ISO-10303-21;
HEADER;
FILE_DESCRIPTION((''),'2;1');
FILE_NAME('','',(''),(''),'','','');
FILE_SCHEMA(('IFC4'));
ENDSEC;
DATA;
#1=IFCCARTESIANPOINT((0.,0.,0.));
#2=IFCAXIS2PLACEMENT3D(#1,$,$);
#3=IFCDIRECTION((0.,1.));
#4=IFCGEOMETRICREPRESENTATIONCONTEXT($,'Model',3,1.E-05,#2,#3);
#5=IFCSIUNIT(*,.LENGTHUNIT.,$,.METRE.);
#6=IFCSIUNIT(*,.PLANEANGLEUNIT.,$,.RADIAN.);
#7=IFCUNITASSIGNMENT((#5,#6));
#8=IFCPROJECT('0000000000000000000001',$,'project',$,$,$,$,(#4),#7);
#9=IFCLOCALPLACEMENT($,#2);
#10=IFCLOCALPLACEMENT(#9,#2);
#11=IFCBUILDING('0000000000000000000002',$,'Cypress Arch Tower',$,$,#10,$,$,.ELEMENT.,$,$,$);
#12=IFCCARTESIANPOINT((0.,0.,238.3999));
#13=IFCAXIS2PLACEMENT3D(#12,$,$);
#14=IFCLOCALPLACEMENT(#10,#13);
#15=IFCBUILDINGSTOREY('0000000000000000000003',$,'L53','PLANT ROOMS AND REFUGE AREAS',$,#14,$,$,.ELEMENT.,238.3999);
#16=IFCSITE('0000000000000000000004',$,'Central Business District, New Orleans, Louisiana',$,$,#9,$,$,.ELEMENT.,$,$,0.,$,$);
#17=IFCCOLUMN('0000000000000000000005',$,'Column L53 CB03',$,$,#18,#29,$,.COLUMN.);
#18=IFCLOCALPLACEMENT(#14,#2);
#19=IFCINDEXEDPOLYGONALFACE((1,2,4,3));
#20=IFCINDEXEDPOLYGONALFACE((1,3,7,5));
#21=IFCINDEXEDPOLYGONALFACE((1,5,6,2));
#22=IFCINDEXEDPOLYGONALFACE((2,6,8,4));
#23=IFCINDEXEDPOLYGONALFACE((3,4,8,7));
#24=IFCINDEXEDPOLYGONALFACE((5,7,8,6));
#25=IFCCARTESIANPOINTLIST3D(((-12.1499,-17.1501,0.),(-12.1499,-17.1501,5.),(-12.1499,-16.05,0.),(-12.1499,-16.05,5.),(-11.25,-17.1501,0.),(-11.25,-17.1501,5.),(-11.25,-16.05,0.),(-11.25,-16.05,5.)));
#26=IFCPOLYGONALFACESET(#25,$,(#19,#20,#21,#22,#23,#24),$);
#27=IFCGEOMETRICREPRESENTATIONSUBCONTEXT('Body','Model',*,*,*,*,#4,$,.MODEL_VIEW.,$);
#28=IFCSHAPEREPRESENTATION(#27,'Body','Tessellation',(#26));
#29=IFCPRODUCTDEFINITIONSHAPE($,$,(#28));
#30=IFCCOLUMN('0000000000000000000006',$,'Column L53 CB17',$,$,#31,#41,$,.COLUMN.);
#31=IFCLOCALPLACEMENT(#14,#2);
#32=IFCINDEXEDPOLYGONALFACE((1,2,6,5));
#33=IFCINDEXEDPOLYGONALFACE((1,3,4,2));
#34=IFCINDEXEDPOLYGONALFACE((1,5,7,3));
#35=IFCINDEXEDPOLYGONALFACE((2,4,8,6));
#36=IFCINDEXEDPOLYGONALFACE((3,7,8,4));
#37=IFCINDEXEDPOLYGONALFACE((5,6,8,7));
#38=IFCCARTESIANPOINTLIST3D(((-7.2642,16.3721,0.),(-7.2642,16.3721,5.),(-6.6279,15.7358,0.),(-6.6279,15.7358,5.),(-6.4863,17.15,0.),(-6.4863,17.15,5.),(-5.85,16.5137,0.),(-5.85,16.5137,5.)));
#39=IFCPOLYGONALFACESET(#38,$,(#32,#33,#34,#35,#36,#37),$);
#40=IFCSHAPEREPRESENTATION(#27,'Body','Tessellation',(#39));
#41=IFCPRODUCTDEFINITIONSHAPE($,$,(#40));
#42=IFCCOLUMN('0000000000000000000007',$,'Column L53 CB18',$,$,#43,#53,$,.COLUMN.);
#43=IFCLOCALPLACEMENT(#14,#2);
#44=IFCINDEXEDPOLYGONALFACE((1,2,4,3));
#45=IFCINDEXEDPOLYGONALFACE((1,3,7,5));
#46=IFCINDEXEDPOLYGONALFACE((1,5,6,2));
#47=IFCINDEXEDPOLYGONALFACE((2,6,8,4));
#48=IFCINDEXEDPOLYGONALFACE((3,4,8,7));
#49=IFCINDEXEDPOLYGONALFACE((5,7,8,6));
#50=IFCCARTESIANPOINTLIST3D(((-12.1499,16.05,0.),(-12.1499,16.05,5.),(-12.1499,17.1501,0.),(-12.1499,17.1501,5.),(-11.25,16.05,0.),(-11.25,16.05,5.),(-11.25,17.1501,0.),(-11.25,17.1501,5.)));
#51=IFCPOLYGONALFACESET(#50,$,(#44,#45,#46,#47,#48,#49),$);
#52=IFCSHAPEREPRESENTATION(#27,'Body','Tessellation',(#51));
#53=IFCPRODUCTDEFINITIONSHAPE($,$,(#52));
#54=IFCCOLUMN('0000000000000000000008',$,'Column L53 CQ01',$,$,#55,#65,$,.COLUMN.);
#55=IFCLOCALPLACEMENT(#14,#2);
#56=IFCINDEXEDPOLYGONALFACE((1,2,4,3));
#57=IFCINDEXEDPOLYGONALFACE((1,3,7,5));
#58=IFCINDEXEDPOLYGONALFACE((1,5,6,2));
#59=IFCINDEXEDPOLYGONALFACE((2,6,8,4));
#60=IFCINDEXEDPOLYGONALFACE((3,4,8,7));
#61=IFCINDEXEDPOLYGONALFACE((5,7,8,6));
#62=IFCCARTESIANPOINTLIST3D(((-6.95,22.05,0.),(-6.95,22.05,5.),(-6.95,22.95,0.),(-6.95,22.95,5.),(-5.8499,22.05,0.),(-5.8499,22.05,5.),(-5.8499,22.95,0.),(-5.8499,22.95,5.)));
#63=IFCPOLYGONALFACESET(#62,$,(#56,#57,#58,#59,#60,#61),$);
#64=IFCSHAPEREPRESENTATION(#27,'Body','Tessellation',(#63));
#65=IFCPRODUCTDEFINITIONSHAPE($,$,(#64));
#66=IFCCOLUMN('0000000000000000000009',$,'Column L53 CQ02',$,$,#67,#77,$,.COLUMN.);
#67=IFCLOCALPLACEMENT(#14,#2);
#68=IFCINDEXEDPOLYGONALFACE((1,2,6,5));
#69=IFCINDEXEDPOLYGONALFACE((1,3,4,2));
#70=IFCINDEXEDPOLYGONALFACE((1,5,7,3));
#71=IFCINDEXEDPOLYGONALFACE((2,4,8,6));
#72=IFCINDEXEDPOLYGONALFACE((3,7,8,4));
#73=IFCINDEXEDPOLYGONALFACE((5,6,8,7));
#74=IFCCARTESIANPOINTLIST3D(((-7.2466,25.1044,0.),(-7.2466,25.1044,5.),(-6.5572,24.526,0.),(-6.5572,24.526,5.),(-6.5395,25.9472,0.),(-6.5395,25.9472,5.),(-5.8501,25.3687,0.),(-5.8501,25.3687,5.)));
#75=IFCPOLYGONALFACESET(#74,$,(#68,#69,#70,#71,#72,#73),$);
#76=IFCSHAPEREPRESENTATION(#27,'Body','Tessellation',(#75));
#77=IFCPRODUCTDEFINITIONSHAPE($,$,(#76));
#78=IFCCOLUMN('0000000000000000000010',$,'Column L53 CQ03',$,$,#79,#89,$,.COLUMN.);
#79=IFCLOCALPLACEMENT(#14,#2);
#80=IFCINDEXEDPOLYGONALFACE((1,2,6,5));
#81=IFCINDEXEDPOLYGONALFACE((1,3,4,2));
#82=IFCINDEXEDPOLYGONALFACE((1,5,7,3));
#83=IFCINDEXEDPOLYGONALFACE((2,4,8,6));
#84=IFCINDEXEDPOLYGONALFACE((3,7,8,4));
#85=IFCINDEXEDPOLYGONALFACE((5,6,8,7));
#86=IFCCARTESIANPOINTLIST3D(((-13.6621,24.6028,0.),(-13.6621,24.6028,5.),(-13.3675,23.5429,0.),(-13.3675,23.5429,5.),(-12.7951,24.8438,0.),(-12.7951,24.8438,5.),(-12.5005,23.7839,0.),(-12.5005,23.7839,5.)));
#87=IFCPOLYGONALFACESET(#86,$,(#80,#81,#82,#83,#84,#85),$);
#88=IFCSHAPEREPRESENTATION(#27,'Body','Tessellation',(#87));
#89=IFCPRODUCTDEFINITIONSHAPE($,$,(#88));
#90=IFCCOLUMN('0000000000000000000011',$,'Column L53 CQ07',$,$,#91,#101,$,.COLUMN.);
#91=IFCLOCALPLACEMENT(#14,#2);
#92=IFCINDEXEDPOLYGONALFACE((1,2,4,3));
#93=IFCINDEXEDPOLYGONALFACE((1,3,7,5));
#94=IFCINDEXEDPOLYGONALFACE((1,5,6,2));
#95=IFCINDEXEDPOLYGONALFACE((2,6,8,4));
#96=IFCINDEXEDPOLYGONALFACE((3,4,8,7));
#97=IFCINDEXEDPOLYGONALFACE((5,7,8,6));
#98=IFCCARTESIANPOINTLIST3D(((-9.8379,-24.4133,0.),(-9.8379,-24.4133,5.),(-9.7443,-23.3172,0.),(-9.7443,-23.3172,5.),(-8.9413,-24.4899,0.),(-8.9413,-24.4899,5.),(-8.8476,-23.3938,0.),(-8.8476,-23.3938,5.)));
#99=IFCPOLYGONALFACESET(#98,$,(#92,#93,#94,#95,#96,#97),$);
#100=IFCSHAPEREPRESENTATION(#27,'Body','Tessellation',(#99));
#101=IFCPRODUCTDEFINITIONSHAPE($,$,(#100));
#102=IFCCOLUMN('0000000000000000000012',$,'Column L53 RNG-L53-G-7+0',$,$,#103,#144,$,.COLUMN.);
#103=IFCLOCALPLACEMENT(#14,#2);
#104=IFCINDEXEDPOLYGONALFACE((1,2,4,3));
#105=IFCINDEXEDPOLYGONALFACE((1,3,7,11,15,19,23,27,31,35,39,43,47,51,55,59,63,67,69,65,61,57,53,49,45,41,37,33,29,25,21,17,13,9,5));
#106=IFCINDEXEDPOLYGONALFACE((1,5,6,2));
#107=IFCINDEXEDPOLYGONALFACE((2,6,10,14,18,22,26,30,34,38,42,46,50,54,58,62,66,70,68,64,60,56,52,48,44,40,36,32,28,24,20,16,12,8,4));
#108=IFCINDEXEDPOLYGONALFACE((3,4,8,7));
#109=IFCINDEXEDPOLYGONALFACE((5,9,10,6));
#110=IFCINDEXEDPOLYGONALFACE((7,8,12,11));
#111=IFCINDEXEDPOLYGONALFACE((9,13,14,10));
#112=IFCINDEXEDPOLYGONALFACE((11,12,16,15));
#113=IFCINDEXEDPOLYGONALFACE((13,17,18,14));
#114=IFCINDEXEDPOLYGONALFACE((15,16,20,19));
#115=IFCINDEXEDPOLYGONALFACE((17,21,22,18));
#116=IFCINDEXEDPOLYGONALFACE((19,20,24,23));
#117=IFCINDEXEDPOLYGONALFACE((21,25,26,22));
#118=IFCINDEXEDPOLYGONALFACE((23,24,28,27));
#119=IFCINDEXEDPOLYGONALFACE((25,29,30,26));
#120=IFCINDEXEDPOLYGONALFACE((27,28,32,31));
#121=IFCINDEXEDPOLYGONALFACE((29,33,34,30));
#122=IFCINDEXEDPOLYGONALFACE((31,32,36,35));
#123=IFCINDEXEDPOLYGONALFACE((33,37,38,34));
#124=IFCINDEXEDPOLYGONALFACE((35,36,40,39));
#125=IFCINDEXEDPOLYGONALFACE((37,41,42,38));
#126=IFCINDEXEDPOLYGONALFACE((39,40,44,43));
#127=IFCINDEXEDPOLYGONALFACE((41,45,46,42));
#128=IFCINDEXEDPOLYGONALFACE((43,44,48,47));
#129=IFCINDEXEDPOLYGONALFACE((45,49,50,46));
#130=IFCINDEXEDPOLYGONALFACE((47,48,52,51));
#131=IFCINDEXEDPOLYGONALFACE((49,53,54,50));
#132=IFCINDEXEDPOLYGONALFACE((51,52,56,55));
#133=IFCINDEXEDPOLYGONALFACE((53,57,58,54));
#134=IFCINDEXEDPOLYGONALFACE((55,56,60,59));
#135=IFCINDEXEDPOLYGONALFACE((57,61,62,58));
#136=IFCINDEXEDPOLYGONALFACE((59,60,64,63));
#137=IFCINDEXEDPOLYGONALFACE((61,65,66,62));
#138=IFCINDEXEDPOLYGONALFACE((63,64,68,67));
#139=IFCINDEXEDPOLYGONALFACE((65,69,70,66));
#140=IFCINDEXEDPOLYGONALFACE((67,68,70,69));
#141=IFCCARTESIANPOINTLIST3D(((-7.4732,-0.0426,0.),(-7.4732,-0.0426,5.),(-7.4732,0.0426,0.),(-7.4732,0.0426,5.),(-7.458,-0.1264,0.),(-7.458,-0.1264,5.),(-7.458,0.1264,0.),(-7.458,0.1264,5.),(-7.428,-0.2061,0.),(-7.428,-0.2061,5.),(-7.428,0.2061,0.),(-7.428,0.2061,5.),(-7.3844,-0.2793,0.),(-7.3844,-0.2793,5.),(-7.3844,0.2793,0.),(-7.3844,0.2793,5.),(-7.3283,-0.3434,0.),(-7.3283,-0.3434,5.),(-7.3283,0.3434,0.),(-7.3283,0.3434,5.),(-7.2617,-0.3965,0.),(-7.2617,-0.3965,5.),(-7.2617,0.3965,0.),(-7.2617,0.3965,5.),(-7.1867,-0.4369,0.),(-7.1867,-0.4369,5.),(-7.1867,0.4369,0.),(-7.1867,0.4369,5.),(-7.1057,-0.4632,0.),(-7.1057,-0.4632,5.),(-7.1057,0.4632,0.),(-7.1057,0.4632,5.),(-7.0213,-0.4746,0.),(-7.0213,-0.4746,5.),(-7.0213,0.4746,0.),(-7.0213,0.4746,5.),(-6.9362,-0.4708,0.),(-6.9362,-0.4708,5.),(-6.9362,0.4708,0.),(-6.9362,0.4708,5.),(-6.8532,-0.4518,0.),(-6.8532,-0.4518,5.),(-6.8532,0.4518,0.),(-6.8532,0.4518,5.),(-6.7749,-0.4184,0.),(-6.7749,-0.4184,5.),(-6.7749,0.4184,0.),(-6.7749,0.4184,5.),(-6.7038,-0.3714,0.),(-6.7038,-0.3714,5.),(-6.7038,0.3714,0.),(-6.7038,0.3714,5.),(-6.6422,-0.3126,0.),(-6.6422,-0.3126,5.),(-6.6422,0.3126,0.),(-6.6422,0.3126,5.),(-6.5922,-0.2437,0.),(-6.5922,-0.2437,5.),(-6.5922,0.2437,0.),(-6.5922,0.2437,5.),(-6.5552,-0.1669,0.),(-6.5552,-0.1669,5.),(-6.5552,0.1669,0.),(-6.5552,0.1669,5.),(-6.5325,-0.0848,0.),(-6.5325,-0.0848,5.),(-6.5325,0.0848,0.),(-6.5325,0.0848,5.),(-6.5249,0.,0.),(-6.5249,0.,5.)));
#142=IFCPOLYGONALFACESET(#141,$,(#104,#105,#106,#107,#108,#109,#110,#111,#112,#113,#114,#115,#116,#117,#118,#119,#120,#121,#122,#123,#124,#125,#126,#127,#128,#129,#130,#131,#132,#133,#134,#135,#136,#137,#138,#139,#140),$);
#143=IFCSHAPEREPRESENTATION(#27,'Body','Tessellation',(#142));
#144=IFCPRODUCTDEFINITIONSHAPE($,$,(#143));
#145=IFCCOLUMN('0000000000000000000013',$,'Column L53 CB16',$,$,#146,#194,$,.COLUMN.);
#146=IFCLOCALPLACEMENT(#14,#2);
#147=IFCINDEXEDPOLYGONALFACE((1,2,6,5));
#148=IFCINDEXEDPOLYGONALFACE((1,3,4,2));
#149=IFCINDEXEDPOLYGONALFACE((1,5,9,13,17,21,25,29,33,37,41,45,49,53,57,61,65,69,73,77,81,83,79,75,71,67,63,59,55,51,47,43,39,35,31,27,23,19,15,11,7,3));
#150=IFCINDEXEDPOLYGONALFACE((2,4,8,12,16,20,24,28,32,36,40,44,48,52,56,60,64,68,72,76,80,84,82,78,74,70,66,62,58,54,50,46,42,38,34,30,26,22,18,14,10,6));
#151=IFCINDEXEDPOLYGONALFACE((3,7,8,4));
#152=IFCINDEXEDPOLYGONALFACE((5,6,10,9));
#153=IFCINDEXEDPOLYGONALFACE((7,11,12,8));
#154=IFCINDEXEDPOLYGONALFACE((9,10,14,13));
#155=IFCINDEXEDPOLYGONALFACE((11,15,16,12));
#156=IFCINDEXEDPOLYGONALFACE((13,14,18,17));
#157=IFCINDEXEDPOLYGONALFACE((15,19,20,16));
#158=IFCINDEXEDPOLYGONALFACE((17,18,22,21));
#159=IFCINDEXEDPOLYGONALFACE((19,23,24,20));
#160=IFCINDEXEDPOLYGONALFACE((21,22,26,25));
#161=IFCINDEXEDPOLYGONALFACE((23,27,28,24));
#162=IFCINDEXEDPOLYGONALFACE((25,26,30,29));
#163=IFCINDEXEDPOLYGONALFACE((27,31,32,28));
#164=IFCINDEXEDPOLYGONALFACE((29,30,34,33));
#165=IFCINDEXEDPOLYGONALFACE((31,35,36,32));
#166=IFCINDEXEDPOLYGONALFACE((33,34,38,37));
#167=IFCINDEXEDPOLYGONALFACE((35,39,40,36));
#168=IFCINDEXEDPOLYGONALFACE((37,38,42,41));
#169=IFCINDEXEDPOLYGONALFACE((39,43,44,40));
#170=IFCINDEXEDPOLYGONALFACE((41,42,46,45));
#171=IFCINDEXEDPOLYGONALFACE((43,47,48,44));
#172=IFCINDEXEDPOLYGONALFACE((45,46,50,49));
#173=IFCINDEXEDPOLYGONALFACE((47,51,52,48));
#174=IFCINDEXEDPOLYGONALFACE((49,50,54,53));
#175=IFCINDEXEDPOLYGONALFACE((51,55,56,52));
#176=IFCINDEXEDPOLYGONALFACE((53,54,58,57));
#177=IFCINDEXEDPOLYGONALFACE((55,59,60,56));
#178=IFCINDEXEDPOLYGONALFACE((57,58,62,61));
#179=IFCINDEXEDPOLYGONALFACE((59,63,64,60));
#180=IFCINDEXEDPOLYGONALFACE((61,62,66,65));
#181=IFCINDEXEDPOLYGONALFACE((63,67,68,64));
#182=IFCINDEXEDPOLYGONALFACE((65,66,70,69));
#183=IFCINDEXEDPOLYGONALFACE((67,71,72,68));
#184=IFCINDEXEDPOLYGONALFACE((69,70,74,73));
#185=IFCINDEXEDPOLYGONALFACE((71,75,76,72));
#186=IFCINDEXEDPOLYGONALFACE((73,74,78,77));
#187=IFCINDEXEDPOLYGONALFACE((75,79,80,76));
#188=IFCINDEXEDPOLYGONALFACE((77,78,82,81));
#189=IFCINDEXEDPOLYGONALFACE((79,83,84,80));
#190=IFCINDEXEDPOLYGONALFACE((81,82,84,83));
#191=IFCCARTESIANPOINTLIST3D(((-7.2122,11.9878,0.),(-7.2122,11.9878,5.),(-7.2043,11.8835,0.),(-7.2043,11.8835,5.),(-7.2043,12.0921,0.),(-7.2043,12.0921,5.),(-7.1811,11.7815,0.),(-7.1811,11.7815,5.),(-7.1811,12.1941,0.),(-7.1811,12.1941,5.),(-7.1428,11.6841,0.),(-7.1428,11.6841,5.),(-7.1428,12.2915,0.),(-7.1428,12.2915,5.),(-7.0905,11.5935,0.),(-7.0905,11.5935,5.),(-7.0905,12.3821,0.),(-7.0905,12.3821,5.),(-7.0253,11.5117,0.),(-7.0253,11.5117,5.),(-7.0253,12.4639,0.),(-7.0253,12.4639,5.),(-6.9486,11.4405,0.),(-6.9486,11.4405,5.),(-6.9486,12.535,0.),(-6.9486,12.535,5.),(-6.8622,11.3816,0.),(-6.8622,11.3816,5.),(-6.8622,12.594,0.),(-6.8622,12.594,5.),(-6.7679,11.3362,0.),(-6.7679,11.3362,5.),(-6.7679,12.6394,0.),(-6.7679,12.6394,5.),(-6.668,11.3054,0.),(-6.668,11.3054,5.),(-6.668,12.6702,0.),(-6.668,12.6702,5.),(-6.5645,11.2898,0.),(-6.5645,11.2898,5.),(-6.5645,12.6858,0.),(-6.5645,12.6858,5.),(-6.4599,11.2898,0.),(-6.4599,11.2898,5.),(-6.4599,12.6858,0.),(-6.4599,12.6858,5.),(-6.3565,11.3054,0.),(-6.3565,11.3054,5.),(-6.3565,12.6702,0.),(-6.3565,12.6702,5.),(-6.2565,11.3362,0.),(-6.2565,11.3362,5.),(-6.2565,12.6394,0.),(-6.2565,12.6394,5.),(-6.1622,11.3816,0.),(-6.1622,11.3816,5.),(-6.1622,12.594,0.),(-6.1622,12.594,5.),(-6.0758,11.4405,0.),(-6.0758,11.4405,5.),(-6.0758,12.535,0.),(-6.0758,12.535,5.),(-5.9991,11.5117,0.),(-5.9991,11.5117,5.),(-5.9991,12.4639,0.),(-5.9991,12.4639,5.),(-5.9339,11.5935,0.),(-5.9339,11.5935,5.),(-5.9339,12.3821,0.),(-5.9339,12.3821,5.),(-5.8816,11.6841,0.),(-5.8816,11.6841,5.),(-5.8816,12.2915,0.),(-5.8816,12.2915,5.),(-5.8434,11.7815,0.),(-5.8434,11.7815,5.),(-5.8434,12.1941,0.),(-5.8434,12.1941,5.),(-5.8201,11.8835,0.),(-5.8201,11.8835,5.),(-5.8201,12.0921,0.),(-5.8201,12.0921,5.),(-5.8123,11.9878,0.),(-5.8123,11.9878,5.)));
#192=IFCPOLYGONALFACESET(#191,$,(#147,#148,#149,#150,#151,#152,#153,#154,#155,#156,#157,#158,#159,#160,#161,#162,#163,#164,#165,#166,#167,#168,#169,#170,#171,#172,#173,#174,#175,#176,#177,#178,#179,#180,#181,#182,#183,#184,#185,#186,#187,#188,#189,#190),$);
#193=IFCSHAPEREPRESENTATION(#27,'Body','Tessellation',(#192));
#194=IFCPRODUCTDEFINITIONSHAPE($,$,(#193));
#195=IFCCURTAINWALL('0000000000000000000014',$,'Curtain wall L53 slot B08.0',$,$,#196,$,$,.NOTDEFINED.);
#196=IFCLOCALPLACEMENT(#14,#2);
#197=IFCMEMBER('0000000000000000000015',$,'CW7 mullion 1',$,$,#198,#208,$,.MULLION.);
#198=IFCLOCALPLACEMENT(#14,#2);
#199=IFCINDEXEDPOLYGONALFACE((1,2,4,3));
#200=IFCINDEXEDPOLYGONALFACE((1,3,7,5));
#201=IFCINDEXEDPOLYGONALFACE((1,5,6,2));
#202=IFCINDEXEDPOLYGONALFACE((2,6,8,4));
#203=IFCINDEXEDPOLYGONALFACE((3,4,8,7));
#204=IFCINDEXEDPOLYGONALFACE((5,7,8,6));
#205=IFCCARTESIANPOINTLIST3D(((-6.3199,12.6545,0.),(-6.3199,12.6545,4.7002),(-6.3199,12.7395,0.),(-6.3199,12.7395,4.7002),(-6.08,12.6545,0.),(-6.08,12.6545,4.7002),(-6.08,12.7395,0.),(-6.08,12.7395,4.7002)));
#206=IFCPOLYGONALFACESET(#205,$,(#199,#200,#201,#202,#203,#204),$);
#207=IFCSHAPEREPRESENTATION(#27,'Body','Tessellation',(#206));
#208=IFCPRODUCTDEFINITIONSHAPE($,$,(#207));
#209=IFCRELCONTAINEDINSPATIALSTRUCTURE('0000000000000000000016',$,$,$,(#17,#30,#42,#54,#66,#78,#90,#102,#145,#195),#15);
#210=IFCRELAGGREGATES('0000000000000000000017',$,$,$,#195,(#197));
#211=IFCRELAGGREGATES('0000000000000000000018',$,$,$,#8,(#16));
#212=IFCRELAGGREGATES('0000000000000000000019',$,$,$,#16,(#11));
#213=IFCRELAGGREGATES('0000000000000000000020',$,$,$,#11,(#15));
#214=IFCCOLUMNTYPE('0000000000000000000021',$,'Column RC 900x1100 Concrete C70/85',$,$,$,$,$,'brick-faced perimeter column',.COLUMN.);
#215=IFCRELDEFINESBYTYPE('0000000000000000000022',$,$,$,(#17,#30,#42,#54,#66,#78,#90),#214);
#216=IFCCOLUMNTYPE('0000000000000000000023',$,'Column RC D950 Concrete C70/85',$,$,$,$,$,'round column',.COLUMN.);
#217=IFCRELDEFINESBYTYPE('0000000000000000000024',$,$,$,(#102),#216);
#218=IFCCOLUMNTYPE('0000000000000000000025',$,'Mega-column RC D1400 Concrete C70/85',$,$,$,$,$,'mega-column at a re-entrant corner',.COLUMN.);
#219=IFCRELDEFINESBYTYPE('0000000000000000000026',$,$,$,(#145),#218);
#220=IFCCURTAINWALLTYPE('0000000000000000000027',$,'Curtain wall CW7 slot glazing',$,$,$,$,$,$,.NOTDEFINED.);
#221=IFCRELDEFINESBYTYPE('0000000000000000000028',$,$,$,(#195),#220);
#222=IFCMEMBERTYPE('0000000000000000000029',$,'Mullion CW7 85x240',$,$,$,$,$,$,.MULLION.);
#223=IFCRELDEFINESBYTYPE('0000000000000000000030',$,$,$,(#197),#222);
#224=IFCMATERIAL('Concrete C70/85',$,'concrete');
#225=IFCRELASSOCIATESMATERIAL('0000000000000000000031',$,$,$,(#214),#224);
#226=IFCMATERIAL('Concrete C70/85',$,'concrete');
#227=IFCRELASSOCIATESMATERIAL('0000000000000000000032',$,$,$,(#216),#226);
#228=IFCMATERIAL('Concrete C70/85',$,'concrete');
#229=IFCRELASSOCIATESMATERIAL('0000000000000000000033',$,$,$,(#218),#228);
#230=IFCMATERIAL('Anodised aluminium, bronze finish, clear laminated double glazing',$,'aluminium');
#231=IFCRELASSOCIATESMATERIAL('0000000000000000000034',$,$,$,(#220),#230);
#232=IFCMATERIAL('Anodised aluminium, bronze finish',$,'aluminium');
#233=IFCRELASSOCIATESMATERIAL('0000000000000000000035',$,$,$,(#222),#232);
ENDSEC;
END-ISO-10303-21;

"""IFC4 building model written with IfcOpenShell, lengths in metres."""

from ifc_helpers import new_model, si_unit, direction, frame, origin, origin_2d, place, context, subcontext, project, spatial, rectangle, circle, extrude, material, material_profile, profile_set, type_object, element, aggregate, save


model = new_model("IFC4")

# Units and contexts
model_context = context("Model", 3, precision=1e-05, world=origin(), true_north=direction((0.0, 1.0)))
body_context = subcontext(model_context, "Body", "Model", "MODEL_VIEW")
ifc_project = project(units=[si_unit("LENGTHUNIT", "METRE"), si_unit("PLANEANGLEUNIT", "RADIAN")], contexts=[model_context])

# Site, building, storey
site_placement = place(None, origin())
site = spatial("IfcSite", under=ifc_project, at=site_placement, Name="Central Business District, New Orleans, Louisiana", CompositionType="ELEMENT", RefElevation=0.0)
building_placement = place(site_placement, origin())
building = spatial("IfcBuilding", under=site, at=building_placement, Name="Cypress Arch Tower", CompositionType="ELEMENT")
storey_placement = place(building_placement, frame((0.0, 0.0, 238.3999)))
storey = spatial("IfcBuildingStorey", under=building, at=storey_placement, Name="L53", Description="PLANT ROOMS AND REFUGE AREAS", CompositionType="ELEMENT", Elevation=238.3999)

# Columns
ifc_material_1 = material(Name="Concrete C70/85", Category="concrete")
ifc_material_profile_1 = material_profile(ifc_material_1, rectangle(XDim=0.8999, YDim=1.1001, at=origin_2d()), Name="RC 900x1100")
ifc_profile_set_1 = profile_set([ifc_material_profile_1], Name="Concrete C70/85")
column_type_1 = type_object("IfcColumnType", Name="Column RC 900x1100 Concrete C70/85", ElementType="brick-faced perimeter column", PredefinedType="COLUMN", material=ifc_profile_set_1)
for number, where, z_axis, x_axis, name in (
    (1, (-11.7, -16.6001, 0.0), (0.0, 0.0, 1.0), (1.0, 0.0, 0.0), "Column L53 CB03"),
    (2, (-6.5571, 16.4429, 0.0), (0.0, 0.0, 1.0), (-0.707107, 0.707107, 0.0), "Column L53 CB17"),
    (3, (-11.7, 16.6001, 0.0), (0.0, 0.0, 1.0), (-1.0, 0.0, 0.0), "Column L53 CB18"),
    (4, (-6.3999, 22.5, 0.0), (0.0, 0.0, 1.0), (0.0, 1.0, 0.0), "Column L53 CQ01"),
    (5, (-6.5483, 25.2366, 0.0), (0.0, 0.0, 1.0), (-0.766064, 0.642765, 0.0), "Column L53 CQ02"),
    (6, (-13.0813, 24.1934, 0.0), (0.0, 0.0, 1.0), (-0.963456, -0.267868, 0.0), "Column L53 CQ03"),
    (7, (-9.3428, -23.9036, 0.0), (0.0, 0.0, 1.0), (0.996368, -0.085149, 0.0), "Column L53 CQ07"),
):
    element("IfcColumn", number, at=place(storey_placement, frame(where, z_axis=z_axis, x_axis=x_axis)), inside=storey, type_object=column_type_1, Name=name, PredefinedType="COLUMN", context=body_context, shape_type="SweptSolid", body=[
        extrude(rectangle(XDim=0.8999, YDim=1.1001, at=origin_2d()), origin(), (0.0, 0.0, 1.0), 5.0),
    ])
ifc_material_2 = material(Name="Concrete C70/85", Category="concrete")
ifc_material_profile_2 = material_profile(ifc_material_2, circle(Radius=0.4751, at=origin_2d()), Name="RC D950")
ifc_profile_set_2 = profile_set([ifc_material_profile_2], Name="Concrete C70/85")
column_type_2 = type_object("IfcColumnType", Name="Column RC D950 Concrete C70/85", ElementType="round column", PredefinedType="COLUMN", material=ifc_profile_set_2)
column_1_placement = place(storey_placement, frame((-7.0, 0.0, 0.0), z_axis=(0.0, 0.0, 1.0), x_axis=(1.0, 0.0, 0.0)))
element("IfcColumn", 8, at=column_1_placement, inside=storey, type_object=column_type_2, Name="Column L53 RNG-L53-G-7+0", PredefinedType="COLUMN", context=body_context, shape_type="SweptSolid", body=[
    extrude(circle(Radius=0.4751, at=origin_2d()), origin(), (0.0, 0.0, 1.0), 5.0),
])
ifc_material_3 = material(Name="Concrete C70/85", Category="concrete")
ifc_material_profile_3 = material_profile(ifc_material_3, circle(Radius=0.7, at=origin_2d()), Name="RC D1400")
ifc_profile_set_3 = profile_set([ifc_material_profile_3], Name="Concrete C70/85")
column_type_3 = type_object("IfcColumnType", Name="Mega-column RC D1400 Concrete C70/85", ElementType="mega-column at a re-entrant corner", PredefinedType="COLUMN", material=ifc_profile_set_3)
column_2_placement = place(storey_placement, frame((-6.5122, 11.9878, 0.0), z_axis=(0.0, 0.0, 1.0), x_axis=(1.0, 0.0, 0.0)))
element("IfcColumn", 9, at=column_2_placement, inside=storey, type_object=column_type_3, Name="Column L53 CB16", PredefinedType="COLUMN", context=body_context, shape_type="SweptSolid", body=[
    extrude(circle(Radius=0.7, at=origin_2d()), origin(), (0.0, 0.0, 1.0), 5.0),
])

# Curtain wall, member
ifc_material_4 = material(Name="Anodised aluminium, bronze finish, clear laminated double glazing", Category="aluminium")
curtain_wall_type = type_object("IfcCurtainWallType", Name="Curtain wall CW7 slot glazing", PredefinedType="NOTDEFINED", material=ifc_material_4)
curtain_wall_placement = place(storey_placement, origin())
curtain_wall = element("IfcCurtainWall", 10, at=curtain_wall_placement, inside=storey, type_object=curtain_wall_type, Name="Curtain wall L53 slot B08.0", PredefinedType="NOTDEFINED")
ifc_material_5 = material(Name="Anodised aluminium, bronze finish", Category="aluminium")
ifc_material_profile_4 = material_profile(ifc_material_5, rectangle(XDim=0.24, YDim=0.085, at=origin_2d()), Name="Mullion 85x240")
ifc_profile_set_4 = profile_set([ifc_material_profile_4], Name="Anodised aluminium, bronze finish")
member_type = type_object("IfcMemberType", Name="Mullion CW7 85x240", PredefinedType="MULLION", material=ifc_profile_set_4)
member_1_placement = place(storey_placement, frame((-6.2, 12.697, 0.0), z_axis=(0.0, 0.0, 1.0), x_axis=(-1.0, 0.0, 0.0)))
member_1 = element("IfcMember", 11, at=member_1_placement, type_object=member_type, Name="CW7 mullion 1", PredefinedType="MULLION", context=body_context, shape_type="SweptSolid", body=[
    extrude(rectangle(XDim=0.24, YDim=0.085, at=origin_2d()), origin(), (0.0, 0.0, 1.0), 4.7002),
])
aggregate(curtain_wall, [member_1])

save(model, "model.ifc")
